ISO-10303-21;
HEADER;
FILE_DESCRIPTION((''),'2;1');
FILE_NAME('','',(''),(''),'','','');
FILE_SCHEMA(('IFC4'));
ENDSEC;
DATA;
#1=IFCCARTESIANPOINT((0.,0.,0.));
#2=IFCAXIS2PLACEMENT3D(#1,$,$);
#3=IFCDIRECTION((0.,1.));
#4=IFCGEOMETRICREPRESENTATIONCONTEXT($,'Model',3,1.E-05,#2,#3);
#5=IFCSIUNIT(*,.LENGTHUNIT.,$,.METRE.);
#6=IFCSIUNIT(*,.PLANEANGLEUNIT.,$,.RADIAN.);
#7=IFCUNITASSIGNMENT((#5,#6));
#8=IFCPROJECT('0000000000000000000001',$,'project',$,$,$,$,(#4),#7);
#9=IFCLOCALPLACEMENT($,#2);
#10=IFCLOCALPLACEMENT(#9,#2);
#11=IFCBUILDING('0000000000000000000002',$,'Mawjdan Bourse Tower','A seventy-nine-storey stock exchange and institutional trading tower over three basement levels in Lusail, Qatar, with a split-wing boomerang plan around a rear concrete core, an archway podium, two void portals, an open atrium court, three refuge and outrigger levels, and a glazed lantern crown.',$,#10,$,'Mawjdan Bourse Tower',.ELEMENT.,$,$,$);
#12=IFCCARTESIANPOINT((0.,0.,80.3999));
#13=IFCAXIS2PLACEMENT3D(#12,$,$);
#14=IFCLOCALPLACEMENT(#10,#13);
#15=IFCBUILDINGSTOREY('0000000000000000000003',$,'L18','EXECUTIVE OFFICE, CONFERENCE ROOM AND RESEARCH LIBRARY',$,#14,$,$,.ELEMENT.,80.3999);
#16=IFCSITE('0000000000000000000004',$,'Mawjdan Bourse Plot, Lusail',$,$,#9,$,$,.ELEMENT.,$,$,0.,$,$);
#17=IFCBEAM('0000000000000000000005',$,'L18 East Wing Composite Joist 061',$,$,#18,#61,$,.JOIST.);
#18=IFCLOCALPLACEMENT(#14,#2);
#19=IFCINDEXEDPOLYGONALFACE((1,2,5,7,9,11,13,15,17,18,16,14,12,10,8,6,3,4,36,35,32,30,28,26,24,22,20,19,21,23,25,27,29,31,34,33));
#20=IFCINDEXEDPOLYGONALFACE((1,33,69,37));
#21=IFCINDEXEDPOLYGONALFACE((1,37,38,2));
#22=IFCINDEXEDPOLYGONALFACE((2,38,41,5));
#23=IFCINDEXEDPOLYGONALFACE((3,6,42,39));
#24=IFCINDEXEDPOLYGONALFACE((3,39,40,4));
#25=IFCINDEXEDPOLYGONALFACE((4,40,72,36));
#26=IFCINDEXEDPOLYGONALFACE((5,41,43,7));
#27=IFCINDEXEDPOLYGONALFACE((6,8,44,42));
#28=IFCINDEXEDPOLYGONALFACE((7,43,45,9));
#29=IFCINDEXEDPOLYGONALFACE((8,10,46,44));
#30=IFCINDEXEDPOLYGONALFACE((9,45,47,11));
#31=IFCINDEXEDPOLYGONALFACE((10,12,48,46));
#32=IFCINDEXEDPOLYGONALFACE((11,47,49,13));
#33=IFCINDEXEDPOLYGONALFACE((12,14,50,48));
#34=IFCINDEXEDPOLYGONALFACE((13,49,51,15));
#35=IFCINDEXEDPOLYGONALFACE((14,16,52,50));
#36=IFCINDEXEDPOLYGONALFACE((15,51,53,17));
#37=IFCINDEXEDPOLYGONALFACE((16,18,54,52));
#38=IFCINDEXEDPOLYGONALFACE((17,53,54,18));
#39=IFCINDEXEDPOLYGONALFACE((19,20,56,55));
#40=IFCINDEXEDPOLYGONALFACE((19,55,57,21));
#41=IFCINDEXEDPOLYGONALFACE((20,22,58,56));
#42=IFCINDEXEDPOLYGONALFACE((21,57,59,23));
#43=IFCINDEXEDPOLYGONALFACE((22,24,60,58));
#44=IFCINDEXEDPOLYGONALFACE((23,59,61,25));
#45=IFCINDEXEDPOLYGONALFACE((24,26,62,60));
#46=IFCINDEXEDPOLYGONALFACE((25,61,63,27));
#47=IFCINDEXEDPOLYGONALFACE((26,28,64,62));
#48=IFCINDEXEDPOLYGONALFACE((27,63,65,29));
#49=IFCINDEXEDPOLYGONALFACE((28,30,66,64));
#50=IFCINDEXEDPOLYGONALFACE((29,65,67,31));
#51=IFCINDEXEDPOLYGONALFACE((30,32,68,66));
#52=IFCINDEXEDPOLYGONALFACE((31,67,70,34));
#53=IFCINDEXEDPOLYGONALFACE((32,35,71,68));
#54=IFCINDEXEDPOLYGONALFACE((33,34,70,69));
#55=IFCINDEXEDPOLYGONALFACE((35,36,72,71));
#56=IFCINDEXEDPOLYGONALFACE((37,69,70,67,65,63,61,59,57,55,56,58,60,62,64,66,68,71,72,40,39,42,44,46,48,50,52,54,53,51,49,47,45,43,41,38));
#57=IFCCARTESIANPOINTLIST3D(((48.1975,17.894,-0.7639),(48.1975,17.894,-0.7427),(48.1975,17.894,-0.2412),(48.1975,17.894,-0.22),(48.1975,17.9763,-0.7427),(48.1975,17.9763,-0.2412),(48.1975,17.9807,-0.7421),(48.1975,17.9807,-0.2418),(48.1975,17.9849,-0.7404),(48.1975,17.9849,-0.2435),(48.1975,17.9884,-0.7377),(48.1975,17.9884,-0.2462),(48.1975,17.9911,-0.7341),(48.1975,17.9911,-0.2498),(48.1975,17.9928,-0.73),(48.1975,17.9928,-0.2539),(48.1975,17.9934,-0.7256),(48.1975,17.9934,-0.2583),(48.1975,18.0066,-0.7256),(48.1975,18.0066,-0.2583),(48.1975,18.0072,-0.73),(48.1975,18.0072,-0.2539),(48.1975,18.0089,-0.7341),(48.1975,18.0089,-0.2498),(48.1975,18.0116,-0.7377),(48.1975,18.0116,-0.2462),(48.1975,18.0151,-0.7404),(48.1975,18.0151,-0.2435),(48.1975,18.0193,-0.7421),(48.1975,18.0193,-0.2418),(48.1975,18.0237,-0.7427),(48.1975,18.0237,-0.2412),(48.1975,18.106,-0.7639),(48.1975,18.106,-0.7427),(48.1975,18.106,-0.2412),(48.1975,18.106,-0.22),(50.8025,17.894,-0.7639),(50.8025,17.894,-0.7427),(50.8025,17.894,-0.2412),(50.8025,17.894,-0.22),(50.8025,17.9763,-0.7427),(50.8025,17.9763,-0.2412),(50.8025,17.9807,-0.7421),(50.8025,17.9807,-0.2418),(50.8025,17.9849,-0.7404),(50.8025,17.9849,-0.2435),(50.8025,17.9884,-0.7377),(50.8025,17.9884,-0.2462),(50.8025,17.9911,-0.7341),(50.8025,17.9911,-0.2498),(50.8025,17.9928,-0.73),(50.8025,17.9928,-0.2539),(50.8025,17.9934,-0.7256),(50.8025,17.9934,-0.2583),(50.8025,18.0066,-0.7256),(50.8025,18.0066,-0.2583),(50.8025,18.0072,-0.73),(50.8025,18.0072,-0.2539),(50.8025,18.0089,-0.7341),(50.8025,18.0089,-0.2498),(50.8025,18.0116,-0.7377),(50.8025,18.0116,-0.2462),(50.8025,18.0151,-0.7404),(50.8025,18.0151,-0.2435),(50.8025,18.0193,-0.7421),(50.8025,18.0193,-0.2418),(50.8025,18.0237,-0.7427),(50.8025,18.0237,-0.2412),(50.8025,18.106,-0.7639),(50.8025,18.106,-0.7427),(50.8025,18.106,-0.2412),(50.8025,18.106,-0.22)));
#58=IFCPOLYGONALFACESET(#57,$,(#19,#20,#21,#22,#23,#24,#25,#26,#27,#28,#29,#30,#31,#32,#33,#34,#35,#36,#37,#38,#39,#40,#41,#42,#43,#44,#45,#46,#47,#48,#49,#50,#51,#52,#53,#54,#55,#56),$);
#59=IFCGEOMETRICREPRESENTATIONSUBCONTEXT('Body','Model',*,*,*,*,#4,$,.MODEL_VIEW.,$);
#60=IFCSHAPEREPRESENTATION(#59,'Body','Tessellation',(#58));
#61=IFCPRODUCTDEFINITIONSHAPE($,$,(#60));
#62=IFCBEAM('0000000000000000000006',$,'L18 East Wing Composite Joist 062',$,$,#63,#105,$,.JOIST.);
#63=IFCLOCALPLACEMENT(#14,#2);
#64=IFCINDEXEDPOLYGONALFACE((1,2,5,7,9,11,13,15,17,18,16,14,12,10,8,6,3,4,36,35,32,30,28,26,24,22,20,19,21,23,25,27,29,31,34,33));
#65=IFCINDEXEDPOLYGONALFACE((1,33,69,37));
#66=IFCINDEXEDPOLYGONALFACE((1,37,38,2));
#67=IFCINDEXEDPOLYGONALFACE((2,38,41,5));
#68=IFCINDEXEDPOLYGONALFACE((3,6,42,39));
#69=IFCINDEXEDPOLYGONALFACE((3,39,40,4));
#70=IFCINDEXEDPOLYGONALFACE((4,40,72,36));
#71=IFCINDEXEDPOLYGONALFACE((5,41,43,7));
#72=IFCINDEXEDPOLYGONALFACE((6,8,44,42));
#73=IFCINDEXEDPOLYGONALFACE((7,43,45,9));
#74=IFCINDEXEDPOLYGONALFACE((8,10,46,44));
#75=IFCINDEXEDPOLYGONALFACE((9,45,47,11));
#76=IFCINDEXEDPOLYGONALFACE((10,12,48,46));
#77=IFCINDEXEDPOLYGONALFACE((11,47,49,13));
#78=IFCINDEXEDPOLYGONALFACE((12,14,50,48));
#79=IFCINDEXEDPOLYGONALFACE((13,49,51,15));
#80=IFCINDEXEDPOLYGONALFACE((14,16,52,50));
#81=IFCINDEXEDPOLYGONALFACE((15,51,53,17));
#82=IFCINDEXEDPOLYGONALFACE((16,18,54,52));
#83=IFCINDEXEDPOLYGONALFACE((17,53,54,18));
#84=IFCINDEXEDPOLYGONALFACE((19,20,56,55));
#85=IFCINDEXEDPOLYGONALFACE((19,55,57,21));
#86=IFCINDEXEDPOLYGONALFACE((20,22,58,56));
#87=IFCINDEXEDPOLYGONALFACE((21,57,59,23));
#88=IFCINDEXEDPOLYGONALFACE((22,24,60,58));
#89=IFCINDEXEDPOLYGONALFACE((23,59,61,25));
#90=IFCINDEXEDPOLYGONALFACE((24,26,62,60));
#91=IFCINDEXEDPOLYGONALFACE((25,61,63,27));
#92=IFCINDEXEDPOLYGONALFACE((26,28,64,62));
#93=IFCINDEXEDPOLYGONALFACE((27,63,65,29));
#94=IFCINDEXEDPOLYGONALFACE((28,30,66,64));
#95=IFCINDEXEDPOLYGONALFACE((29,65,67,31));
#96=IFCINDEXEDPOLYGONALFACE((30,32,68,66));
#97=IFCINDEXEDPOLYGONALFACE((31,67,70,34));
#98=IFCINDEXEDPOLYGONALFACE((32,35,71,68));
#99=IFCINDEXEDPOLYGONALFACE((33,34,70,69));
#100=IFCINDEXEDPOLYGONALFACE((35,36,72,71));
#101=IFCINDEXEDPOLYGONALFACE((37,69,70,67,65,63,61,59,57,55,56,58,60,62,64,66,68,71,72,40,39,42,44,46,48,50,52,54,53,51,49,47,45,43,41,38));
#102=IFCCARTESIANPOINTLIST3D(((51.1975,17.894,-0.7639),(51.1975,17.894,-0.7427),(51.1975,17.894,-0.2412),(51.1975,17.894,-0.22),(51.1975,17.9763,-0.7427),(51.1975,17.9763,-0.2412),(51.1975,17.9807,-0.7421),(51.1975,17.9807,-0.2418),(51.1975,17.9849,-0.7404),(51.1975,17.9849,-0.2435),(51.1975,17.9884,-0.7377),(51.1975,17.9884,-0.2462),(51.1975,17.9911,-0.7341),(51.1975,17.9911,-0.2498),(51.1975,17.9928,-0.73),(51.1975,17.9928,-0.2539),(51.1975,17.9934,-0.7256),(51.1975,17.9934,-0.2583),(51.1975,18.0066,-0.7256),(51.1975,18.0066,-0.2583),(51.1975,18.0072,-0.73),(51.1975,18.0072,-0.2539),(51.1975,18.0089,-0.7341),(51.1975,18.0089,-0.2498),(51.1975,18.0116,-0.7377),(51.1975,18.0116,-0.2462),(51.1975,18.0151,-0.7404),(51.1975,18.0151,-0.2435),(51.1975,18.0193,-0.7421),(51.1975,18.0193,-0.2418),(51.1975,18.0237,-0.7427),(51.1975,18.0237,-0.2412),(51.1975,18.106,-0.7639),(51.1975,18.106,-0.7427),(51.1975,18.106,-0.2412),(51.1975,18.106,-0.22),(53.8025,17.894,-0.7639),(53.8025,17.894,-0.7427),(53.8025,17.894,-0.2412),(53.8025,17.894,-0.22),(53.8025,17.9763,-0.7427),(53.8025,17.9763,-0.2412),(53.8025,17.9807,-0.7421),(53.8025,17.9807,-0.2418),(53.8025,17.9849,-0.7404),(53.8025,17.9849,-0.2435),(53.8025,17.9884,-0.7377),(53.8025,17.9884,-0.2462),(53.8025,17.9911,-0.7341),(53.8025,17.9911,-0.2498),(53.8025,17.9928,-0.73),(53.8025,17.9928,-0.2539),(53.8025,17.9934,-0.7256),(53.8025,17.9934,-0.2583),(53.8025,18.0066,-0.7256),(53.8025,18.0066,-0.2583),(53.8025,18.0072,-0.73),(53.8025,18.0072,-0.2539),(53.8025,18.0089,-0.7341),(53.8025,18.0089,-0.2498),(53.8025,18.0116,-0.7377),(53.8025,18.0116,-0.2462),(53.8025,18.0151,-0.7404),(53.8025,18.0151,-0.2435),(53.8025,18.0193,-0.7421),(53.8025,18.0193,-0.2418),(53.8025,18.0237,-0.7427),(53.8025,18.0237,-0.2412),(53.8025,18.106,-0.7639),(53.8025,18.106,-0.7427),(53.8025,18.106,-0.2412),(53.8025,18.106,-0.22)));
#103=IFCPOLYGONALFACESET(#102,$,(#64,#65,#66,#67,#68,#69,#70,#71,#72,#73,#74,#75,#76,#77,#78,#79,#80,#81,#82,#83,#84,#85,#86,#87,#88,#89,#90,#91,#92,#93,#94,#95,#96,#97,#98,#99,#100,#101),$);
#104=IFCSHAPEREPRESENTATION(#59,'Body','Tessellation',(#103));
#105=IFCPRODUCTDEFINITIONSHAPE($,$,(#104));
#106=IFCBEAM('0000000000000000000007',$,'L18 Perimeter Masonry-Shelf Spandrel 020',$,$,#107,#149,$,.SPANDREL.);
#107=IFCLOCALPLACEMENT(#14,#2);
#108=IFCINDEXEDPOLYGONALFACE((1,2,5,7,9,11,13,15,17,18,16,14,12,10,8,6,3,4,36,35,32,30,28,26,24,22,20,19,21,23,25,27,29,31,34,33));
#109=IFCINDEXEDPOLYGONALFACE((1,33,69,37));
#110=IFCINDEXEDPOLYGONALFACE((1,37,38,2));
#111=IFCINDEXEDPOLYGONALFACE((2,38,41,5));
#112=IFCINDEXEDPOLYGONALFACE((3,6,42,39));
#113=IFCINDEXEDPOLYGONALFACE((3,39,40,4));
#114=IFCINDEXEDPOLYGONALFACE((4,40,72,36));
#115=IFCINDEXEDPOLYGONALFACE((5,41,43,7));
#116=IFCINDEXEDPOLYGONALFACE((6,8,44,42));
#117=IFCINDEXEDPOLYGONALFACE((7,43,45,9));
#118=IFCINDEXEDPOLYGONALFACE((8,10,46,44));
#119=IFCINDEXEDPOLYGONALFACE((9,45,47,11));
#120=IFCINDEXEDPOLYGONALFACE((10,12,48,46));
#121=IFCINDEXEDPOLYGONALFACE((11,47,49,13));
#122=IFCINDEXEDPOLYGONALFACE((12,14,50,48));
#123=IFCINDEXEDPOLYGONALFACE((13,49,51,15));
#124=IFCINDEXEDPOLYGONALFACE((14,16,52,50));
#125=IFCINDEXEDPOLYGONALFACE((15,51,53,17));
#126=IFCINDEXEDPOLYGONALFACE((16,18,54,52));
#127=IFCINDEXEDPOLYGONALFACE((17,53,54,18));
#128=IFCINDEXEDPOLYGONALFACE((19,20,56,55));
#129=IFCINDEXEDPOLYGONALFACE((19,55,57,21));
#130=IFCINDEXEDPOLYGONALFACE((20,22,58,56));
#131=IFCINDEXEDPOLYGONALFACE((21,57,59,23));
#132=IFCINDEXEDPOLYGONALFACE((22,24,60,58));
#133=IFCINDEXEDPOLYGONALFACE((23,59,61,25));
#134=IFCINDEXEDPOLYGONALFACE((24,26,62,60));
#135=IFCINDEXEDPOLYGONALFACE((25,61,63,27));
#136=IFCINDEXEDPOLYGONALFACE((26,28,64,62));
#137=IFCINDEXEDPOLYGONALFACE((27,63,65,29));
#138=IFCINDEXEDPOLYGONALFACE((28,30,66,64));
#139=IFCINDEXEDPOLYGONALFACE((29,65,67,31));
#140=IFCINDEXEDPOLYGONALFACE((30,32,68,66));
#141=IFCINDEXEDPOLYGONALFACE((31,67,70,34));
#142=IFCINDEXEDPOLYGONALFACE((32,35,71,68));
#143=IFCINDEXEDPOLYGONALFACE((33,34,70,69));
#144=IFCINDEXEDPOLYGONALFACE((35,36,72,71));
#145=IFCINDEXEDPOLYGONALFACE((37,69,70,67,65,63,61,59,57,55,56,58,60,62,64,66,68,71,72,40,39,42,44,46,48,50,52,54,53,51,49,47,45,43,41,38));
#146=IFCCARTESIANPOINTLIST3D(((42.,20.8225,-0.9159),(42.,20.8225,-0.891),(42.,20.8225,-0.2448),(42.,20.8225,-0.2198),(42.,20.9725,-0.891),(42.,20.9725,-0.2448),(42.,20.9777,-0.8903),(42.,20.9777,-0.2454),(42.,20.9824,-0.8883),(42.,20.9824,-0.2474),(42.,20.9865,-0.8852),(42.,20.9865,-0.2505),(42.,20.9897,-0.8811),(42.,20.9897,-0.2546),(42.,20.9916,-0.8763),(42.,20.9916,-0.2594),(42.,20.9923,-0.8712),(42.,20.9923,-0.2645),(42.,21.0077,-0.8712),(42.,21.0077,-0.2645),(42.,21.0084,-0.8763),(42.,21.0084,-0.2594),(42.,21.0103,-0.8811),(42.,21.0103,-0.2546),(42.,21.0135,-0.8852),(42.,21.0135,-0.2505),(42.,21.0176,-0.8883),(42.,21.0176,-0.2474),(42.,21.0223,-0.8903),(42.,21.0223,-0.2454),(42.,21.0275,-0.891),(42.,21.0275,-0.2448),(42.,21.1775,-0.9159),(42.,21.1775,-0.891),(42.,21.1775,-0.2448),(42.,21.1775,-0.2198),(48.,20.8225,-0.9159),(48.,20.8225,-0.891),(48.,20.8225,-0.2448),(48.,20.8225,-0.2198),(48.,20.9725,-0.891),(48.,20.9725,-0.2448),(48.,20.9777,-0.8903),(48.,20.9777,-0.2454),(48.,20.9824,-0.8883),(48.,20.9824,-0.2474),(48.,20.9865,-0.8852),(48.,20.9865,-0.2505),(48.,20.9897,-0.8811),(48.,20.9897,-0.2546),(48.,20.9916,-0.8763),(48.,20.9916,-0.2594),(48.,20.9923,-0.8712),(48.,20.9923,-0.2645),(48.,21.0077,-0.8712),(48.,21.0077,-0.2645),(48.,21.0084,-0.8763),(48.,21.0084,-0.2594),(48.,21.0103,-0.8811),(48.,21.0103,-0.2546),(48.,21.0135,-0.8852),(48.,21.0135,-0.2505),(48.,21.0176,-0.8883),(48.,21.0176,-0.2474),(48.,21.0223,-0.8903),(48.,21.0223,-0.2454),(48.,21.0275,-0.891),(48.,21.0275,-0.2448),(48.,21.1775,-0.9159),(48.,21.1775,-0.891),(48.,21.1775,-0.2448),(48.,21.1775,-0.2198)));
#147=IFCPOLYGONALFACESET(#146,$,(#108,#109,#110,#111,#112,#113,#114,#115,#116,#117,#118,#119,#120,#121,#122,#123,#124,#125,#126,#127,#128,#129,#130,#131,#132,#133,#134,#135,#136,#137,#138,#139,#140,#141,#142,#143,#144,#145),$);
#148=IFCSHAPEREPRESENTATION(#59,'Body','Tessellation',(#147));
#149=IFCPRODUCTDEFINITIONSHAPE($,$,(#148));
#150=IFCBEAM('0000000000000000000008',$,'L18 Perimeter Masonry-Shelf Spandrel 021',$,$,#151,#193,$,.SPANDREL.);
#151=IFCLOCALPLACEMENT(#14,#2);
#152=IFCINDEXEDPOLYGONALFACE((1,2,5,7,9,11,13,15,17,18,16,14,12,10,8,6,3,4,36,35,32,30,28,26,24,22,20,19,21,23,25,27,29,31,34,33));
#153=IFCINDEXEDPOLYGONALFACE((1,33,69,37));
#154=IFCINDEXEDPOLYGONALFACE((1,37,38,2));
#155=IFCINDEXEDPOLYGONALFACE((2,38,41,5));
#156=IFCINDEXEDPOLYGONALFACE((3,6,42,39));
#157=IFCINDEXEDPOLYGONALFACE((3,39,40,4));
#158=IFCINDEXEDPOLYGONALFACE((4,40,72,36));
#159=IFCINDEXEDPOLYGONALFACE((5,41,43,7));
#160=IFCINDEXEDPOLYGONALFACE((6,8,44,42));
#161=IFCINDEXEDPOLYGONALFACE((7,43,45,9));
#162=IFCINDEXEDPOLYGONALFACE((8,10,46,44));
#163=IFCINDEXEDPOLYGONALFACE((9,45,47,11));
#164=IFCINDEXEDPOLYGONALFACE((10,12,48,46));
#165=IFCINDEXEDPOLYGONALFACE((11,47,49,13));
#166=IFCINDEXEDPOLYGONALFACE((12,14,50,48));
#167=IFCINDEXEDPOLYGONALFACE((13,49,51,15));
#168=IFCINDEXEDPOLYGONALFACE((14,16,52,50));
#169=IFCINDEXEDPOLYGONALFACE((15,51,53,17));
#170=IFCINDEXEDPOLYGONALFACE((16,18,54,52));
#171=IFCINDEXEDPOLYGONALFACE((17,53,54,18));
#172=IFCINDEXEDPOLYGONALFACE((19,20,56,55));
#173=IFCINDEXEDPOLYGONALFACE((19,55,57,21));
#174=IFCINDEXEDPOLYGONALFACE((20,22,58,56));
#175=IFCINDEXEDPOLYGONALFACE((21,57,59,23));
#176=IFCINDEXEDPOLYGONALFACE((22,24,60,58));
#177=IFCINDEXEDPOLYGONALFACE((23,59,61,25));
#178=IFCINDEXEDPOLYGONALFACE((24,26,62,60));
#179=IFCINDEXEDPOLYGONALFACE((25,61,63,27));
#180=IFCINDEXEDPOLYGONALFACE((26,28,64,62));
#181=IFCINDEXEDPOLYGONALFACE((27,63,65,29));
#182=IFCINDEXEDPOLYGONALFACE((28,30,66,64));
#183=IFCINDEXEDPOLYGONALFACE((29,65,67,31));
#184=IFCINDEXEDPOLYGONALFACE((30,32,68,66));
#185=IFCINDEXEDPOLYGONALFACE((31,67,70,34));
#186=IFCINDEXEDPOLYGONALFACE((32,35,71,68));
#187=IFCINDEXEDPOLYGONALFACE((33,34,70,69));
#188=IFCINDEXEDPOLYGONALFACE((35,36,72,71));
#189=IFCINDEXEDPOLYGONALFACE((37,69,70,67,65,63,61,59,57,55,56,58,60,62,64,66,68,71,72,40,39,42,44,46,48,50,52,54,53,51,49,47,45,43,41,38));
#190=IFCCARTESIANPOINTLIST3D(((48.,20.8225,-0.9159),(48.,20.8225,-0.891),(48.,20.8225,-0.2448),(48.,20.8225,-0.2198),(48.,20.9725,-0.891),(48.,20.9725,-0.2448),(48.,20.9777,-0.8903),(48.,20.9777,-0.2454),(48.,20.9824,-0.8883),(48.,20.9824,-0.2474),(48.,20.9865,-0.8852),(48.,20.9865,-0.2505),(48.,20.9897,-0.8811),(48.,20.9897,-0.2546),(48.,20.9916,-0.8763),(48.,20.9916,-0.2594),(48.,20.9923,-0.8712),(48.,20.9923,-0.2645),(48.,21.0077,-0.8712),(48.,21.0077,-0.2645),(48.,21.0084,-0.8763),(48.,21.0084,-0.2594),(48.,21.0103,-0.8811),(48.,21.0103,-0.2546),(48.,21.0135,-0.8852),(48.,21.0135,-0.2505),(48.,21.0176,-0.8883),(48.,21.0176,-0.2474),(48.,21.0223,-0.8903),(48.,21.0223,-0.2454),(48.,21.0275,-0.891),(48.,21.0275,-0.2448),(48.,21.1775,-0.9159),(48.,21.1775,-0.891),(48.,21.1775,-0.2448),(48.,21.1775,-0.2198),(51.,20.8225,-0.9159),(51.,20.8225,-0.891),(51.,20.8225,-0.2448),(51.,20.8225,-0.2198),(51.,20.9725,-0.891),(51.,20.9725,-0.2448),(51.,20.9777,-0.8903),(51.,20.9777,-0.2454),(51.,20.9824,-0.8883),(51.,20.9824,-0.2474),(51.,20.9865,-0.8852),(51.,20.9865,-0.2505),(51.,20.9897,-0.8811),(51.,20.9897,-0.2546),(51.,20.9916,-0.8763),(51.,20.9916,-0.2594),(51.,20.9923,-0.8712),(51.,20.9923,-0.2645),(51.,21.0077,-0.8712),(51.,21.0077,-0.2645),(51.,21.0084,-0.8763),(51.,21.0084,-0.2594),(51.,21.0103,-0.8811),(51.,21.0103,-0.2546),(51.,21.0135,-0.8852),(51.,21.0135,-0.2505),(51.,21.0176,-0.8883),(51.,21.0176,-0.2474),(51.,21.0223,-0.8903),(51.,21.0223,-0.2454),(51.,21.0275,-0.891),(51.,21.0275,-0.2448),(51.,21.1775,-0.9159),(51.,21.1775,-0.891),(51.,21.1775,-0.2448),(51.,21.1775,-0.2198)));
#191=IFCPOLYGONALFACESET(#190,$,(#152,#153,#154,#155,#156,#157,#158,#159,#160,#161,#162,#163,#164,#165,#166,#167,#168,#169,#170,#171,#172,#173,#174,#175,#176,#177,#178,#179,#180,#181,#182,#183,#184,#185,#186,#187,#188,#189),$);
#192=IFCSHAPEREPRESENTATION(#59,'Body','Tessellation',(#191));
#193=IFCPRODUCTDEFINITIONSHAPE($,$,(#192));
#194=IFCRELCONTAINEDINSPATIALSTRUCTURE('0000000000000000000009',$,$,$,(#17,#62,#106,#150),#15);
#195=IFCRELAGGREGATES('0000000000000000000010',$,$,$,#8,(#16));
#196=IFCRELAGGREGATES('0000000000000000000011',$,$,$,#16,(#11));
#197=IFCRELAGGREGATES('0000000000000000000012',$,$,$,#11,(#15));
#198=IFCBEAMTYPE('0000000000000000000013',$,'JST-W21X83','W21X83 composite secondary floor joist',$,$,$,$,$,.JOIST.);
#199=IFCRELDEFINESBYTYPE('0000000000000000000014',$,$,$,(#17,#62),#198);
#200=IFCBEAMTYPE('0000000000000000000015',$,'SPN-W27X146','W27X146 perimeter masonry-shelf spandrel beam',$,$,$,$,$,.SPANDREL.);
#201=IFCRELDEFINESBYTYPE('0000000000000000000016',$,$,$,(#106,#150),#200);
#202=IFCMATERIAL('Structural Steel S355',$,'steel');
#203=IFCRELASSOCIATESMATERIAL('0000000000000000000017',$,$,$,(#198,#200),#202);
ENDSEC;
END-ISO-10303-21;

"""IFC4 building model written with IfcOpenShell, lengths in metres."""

from ifc_helpers import new_model, si_unit, direction, frame, origin, origin_2d, place, context, subcontext, project, spatial, i_section, extrude, material, material_profile, profile_set, type_object, element, save


model = new_model("IFC4")

# Units and contexts
model_context = context("Model", 3, precision=1e-05, world=origin(), true_north=direction((0.0, 1.0)))
body_context = subcontext(model_context, "Body", "Model", "MODEL_VIEW")
ifc_project = project(units=[si_unit("LENGTHUNIT", "METRE"), si_unit("PLANEANGLEUNIT", "RADIAN")], contexts=[model_context])

# Site, building, storey
site_placement = place(None, origin())
site = spatial("IfcSite", under=ifc_project, at=site_placement, Name="Mawjdan Bourse Plot, Lusail", CompositionType="ELEMENT", RefElevation=0.0)
building_placement = place(site_placement, origin())
building = spatial("IfcBuilding", under=site, at=building_placement, Name="Mawjdan Bourse Tower", Description="A seventy-nine-storey stock exchange and institutional trading tower over three basement levels in Lusail, Qatar, with a split-wing boomerang plan around a rear concrete core, an archway podium, two void portals, an open atrium court, three refuge and outrigger levels, and a glazed lantern crown.", LongName="Mawjdan Bourse Tower", CompositionType="ELEMENT")
storey_placement = place(building_placement, frame((0.0, 0.0, 80.3999)))
storey = spatial("IfcBuildingStorey", under=building, at=storey_placement, Name="L18", Description="EXECUTIVE OFFICE, CONFERENCE ROOM AND RESEARCH LIBRARY", CompositionType="ELEMENT", Elevation=80.3999)

# Beams
ifc_material_1 = material(Name="Structural Steel S355", Category="steel")
ifc_material_profile_1 = material_profile(ifc_material_1, i_section(OverallWidth=0.2119, OverallDepth=0.5439, WebThickness=0.0132, FlangeThickness=0.0212, FilletRadius=0.0171, at=origin_2d()), Name="W21X83")
ifc_profile_set_1 = profile_set([ifc_material_profile_1], Name="Structural Steel S355")
beam_type_1 = type_object("IfcBeamType", Name="JST-W21X83", Description="W21X83 composite secondary floor joist", PredefinedType="JOIST", material=ifc_profile_set_1)
for number, where, z_axis, x_axis, name in (
    (1, (48.1975, 18.0, -0.4919), (1.0, 0.0, 0.0), (0.0, 1.0, 0.0), "L18 East Wing Composite Joist 061"),
    (2, (51.1975, 18.0, -0.4919), (1.0, 0.0, 0.0), (0.0, 1.0, 0.0), "L18 East Wing Composite Joist 062"),
):
    element("IfcBeam", number, at=place(storey_placement, frame(where, z_axis=z_axis, x_axis=x_axis)), inside=storey, type_object=beam_type_1, Name=name, PredefinedType="JOIST", context=body_context, shape_type="SweptSolid", body=[
        extrude(i_section(OverallWidth=0.2119, OverallDepth=0.5439, WebThickness=0.0132, FlangeThickness=0.0212, FilletRadius=0.0171, at=origin_2d()), origin(), (0.0, 0.0, 1.0), 2.605),
    ])
ifc_material_profile_2 = material_profile(ifc_material_1, i_section(OverallWidth=0.355, OverallDepth=0.696, WebThickness=0.0154, FlangeThickness=0.0249, FilletRadius=0.0198, at=origin_2d()), Name="W27X146")
ifc_profile_set_2 = profile_set([ifc_material_profile_2], Name="Structural Steel S355")
beam_type_2 = type_object("IfcBeamType", Name="SPN-W27X146", Description="W27X146 perimeter masonry-shelf spandrel beam", PredefinedType="SPANDREL", material=ifc_profile_set_2)
beam_1_placement = place(storey_placement, frame((42.0, 21.0, -0.5679), z_axis=(1.0, 0.0, 0.0), x_axis=(0.0, 1.0, 0.0)))
element("IfcBeam", 3, at=beam_1_placement, inside=storey, type_object=beam_type_2, Name="L18 Perimeter Masonry-Shelf Spandrel 020", PredefinedType="SPANDREL", context=body_context, shape_type="SweptSolid", body=[
    extrude(i_section(OverallWidth=0.355, OverallDepth=0.696, WebThickness=0.0154, FlangeThickness=0.0249, FilletRadius=0.0198, at=origin_2d()), origin(), (0.0, 0.0, 1.0), 6.0),
])
for number, where, z_axis, x_axis, name in (
    (4, (48.0, 21.0, -0.5679), (1.0, 0.0, 0.0), (0.0, 1.0, 0.0), "L18 Perimeter Masonry-Shelf Spandrel 021"),
):
    element("IfcBeam", number, at=place(storey_placement, frame(where, z_axis=z_axis, x_axis=x_axis)), inside=storey, type_object=beam_type_2, Name=name, PredefinedType="SPANDREL", context=body_context, shape_type="SweptSolid", body=[
        extrude(i_section(OverallWidth=0.355, OverallDepth=0.696, WebThickness=0.0154, FlangeThickness=0.0249, FilletRadius=0.0198, at=origin_2d()), origin(), (0.0, 0.0, 1.0), 3.0),
    ])

save(model, "model.ifc")
